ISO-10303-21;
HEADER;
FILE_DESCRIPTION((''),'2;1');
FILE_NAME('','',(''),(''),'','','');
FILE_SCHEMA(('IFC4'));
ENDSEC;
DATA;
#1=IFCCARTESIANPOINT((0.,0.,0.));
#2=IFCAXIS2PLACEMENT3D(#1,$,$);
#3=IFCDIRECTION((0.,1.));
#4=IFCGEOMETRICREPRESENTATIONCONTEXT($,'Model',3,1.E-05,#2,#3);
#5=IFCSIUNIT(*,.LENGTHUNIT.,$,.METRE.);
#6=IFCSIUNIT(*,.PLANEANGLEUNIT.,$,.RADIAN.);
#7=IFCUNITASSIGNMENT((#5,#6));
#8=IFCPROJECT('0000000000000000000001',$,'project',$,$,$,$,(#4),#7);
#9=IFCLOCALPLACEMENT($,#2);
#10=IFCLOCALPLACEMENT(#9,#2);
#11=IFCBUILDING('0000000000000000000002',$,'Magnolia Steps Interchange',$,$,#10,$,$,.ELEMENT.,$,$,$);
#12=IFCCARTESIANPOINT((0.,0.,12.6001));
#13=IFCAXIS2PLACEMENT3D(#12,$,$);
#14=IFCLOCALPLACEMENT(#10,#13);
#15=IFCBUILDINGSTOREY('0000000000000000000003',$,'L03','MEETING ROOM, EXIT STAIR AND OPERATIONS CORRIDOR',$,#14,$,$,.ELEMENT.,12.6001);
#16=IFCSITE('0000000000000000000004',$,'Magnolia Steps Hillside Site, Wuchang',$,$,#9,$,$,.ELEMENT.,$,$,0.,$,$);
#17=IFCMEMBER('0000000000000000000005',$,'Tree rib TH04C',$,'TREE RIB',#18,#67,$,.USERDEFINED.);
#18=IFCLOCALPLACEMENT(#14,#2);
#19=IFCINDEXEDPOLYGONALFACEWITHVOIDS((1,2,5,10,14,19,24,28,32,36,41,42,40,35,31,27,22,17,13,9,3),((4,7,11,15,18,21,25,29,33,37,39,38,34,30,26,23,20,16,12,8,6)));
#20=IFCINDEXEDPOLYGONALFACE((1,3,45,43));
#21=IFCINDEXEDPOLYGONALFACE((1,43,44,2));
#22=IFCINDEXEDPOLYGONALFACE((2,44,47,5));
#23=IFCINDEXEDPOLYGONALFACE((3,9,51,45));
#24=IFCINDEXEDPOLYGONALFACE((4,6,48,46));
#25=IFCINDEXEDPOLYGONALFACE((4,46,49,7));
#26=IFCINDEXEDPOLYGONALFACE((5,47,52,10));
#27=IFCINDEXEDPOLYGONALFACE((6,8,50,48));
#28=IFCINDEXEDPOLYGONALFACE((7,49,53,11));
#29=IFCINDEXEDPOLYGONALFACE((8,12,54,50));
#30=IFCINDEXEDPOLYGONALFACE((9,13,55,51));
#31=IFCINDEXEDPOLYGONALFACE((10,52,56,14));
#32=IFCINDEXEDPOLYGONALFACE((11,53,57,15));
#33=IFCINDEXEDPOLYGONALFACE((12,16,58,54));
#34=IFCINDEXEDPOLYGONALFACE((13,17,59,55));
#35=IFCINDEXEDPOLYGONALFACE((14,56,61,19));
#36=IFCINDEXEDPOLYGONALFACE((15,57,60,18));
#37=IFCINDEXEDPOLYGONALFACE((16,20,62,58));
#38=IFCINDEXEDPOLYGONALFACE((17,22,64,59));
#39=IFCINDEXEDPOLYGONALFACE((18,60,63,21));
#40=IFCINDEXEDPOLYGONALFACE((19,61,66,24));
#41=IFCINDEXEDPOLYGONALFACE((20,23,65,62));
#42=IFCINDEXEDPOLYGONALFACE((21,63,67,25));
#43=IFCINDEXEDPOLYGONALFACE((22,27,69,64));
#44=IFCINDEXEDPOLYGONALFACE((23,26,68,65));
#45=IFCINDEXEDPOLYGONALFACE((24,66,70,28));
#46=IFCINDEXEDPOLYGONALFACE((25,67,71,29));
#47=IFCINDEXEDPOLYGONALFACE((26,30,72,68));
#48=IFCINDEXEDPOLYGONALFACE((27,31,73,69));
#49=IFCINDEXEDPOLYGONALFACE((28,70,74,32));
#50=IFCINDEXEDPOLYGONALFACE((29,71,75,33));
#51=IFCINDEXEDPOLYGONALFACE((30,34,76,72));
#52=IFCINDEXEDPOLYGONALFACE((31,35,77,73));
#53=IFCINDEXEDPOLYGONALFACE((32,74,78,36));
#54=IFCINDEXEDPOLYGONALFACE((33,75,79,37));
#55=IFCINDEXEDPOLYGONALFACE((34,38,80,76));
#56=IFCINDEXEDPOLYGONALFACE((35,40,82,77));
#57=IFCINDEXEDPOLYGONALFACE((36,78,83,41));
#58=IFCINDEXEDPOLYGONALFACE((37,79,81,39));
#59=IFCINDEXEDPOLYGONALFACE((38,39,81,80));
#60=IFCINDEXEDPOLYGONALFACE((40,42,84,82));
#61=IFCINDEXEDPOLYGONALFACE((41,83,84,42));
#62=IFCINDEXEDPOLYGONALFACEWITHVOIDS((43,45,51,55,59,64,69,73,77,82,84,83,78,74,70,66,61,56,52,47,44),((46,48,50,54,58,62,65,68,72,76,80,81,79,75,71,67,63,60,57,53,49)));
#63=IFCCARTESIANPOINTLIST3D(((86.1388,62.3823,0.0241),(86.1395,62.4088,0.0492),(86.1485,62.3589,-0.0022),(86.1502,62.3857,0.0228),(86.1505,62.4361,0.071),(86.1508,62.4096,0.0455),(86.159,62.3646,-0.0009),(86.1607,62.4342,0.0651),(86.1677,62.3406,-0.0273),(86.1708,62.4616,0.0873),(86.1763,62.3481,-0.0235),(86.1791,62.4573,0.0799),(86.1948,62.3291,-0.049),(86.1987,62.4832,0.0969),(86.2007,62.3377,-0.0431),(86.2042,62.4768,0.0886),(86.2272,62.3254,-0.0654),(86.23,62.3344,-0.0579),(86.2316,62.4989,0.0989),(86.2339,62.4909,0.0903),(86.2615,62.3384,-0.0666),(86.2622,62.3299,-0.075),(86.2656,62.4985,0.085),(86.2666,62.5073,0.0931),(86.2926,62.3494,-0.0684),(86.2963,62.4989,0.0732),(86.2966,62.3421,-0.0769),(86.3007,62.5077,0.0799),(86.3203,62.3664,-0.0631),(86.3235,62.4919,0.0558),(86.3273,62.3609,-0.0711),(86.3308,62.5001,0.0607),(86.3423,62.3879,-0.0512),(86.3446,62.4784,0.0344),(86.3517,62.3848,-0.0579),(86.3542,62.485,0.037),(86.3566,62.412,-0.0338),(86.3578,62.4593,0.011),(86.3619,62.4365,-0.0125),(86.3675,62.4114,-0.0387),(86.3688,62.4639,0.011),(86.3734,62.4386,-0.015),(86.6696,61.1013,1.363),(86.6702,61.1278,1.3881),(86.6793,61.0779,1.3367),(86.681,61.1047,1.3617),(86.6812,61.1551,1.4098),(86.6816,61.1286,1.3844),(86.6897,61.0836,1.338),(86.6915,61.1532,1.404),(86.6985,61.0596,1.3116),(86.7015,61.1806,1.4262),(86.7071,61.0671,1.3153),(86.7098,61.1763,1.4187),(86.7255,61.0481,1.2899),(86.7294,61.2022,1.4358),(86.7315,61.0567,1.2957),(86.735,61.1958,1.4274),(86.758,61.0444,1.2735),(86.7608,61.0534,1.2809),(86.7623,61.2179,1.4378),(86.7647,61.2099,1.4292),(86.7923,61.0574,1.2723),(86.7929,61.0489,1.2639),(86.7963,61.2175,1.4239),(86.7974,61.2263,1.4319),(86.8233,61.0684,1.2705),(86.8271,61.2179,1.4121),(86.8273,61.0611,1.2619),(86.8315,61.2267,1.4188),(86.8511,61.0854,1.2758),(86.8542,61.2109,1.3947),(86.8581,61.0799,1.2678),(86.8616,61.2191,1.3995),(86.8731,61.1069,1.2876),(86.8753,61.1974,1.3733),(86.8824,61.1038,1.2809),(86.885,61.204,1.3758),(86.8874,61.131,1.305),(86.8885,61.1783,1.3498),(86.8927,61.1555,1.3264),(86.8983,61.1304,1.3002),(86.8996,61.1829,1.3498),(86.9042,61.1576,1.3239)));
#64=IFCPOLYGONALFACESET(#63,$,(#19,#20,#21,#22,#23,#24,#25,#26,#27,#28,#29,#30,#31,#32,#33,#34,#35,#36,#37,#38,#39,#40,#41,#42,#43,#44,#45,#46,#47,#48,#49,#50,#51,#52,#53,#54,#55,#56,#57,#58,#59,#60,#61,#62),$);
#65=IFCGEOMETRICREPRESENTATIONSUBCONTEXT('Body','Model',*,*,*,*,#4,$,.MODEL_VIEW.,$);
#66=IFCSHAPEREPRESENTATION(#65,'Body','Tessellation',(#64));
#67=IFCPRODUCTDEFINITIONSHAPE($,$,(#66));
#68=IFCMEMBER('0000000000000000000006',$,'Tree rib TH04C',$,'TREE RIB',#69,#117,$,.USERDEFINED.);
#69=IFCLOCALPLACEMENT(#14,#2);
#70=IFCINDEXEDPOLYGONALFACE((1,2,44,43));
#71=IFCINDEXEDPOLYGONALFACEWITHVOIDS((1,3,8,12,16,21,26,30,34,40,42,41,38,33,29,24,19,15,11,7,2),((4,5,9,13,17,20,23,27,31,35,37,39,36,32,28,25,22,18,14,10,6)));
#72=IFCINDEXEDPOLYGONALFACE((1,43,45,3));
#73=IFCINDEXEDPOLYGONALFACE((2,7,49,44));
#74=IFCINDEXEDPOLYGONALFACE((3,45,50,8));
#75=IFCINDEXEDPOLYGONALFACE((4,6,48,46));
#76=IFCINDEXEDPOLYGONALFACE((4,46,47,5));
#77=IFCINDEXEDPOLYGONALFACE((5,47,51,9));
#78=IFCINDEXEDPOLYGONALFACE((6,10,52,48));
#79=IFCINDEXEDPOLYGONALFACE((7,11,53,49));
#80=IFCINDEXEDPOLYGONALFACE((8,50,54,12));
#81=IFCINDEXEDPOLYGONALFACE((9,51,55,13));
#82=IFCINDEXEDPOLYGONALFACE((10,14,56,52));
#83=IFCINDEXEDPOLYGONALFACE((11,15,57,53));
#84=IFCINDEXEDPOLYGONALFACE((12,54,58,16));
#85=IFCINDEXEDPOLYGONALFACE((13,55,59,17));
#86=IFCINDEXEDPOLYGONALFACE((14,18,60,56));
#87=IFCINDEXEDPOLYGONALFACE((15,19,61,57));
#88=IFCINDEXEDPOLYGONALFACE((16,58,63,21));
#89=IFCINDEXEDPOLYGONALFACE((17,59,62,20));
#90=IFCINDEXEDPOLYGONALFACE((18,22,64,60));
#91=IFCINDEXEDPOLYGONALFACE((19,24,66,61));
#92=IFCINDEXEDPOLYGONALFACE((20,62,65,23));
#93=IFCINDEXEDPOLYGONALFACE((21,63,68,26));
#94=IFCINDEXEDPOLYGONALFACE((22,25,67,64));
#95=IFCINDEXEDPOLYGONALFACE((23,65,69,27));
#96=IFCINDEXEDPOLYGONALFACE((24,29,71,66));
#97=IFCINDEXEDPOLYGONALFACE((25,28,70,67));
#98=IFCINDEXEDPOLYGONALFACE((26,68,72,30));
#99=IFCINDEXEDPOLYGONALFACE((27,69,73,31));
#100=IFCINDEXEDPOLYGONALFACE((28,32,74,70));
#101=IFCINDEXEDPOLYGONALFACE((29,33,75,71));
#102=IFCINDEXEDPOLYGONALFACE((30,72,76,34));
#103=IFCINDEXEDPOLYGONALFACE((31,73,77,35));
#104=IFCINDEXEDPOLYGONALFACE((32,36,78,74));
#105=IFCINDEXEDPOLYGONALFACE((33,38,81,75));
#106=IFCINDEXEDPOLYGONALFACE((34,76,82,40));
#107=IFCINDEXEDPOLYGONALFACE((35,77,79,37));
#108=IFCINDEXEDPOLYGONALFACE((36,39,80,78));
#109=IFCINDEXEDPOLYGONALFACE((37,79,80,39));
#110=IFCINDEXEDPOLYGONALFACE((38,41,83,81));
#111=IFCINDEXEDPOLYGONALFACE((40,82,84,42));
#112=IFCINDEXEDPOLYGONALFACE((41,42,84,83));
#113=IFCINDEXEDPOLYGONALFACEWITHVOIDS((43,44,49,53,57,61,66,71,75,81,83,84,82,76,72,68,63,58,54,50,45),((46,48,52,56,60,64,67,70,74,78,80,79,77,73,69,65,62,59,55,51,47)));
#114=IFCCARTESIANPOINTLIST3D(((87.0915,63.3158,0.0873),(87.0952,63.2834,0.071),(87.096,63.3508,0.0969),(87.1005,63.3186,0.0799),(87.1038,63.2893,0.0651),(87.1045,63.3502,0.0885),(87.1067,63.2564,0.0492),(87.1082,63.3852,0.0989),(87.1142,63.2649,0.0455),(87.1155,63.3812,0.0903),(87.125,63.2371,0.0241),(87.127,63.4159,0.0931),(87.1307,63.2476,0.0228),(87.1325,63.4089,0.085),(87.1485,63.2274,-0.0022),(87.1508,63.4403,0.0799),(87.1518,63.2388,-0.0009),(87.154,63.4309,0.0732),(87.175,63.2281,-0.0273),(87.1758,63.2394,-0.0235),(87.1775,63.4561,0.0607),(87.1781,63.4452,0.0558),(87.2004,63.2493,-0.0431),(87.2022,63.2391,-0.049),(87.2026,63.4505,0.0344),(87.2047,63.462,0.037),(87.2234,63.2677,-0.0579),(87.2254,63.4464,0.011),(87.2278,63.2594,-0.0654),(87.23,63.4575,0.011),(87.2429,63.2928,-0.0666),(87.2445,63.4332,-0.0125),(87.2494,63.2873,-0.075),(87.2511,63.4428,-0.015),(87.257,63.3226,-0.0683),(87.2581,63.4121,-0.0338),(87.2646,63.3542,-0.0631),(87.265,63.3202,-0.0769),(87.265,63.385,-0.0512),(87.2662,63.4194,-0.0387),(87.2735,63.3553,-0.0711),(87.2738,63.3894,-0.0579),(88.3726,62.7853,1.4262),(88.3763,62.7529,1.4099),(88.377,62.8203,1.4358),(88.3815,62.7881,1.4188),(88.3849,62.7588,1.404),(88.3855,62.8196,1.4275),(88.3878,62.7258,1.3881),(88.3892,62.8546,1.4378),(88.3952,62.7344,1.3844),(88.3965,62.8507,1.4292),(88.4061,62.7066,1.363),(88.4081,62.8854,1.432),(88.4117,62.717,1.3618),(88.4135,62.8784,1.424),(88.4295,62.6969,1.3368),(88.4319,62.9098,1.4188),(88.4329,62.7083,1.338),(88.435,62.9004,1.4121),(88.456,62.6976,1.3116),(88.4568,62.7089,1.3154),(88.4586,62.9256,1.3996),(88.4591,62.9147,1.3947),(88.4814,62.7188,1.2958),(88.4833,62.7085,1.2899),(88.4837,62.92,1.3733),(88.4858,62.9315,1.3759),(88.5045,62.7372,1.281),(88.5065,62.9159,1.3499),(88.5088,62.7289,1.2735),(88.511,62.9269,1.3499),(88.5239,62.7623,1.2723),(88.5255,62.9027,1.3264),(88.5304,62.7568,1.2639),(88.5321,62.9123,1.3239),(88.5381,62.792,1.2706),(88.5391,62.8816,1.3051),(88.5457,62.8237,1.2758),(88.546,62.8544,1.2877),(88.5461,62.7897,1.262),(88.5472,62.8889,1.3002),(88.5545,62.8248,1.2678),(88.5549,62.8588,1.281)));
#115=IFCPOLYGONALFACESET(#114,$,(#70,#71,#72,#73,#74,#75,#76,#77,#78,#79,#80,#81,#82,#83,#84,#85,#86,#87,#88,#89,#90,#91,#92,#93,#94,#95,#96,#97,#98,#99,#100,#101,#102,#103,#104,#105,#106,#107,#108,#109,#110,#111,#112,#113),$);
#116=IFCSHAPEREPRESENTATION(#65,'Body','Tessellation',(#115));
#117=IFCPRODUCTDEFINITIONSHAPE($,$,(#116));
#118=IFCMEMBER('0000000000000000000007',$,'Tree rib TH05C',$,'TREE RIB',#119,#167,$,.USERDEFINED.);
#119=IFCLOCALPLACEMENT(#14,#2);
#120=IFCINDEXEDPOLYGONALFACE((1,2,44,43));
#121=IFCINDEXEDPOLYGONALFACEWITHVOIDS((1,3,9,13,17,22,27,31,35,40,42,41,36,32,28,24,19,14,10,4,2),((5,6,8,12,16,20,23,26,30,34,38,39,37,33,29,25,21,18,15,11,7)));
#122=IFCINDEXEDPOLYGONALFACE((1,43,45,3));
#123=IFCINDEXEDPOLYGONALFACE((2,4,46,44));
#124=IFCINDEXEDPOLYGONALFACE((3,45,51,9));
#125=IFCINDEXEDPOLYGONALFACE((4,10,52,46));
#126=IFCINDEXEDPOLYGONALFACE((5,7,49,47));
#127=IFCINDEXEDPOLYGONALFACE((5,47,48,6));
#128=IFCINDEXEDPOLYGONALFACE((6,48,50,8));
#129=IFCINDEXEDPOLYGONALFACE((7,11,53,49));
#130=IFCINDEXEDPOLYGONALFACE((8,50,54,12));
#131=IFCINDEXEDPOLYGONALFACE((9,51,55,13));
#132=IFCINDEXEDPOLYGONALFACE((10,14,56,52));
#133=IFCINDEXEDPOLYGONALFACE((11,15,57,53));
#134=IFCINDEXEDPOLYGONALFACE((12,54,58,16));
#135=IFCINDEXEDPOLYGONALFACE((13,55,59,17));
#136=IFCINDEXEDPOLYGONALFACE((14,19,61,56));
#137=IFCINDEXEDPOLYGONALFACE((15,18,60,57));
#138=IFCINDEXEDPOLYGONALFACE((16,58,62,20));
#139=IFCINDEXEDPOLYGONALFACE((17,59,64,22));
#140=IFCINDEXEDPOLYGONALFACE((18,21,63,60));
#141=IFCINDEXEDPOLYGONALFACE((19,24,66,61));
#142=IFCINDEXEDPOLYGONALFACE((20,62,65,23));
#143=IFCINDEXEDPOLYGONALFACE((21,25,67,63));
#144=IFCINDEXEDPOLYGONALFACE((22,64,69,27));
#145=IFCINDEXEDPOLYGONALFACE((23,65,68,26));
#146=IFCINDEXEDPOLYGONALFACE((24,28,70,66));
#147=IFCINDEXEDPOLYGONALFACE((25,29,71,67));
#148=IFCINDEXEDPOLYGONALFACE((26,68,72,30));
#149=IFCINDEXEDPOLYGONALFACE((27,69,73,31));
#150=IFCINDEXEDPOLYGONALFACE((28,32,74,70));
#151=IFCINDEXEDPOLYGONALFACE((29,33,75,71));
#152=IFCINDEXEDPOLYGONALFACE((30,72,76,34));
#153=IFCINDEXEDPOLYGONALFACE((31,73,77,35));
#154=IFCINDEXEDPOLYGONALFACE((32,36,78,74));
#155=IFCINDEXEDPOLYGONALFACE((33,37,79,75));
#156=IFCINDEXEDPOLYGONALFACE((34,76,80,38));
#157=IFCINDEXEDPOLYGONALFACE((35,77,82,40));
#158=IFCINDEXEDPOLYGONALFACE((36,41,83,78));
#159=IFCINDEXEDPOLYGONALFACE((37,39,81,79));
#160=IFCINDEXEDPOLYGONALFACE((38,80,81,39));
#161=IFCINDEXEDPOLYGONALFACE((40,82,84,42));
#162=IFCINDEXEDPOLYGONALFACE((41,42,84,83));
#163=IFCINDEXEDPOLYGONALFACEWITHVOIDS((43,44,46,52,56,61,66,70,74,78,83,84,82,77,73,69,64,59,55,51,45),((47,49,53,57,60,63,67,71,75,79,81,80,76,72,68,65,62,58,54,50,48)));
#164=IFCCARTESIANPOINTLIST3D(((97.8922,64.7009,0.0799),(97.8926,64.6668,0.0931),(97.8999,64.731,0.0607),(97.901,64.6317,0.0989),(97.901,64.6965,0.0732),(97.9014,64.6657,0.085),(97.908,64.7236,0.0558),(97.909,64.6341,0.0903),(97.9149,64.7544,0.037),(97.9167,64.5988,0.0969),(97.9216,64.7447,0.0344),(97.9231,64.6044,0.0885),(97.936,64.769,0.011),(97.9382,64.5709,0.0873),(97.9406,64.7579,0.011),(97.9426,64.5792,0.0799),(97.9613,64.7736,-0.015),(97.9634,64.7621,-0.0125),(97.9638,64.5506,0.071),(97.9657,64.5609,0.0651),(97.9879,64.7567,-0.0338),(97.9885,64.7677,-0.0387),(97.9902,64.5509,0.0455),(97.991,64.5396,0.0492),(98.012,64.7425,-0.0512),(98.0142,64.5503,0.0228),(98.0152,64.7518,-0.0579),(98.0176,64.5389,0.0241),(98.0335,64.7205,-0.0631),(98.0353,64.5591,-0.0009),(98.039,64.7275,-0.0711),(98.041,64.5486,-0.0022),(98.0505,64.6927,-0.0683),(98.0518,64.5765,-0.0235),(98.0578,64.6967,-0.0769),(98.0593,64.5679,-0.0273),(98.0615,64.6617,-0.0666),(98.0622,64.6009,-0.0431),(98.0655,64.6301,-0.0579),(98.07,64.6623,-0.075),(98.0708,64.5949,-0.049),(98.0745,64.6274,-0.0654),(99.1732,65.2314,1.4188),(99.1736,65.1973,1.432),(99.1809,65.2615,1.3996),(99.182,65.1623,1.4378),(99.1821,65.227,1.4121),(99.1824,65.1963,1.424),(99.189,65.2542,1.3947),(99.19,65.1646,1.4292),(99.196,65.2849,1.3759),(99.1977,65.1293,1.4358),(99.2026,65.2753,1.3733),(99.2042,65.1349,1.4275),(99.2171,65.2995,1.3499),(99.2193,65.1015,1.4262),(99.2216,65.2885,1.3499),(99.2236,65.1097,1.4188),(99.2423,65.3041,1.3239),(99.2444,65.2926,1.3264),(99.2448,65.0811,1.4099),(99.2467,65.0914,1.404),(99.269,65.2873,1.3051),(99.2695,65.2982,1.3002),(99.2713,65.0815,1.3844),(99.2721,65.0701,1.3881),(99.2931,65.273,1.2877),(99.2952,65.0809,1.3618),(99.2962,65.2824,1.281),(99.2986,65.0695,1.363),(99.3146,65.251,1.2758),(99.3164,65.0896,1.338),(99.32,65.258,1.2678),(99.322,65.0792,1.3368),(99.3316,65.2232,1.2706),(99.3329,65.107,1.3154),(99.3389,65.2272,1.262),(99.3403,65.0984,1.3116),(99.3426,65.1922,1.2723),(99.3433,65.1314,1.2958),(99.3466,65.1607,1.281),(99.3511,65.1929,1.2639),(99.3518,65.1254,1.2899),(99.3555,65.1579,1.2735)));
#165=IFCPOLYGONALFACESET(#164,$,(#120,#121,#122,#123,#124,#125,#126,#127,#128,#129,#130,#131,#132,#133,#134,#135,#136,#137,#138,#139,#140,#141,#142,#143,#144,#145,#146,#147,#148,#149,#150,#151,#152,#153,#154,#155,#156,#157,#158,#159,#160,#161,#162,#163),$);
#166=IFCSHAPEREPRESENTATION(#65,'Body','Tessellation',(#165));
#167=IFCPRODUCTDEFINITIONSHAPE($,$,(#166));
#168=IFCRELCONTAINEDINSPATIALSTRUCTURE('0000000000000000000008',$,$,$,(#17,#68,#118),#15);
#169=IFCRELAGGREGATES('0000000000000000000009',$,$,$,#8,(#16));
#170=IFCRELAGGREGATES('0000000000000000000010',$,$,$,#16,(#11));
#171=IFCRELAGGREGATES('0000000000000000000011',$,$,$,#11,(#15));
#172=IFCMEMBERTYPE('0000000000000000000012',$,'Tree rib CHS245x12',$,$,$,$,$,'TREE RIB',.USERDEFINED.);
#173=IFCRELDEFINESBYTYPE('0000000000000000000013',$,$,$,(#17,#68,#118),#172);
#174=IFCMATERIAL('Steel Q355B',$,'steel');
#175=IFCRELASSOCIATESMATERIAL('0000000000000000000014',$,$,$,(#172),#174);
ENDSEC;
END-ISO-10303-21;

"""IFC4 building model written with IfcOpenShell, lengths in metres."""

from ifc_helpers import new_model, si_unit, direction, frame, origin, origin_2d, place, context, subcontext, project, spatial, hollow_circle, extrude, material, material_profile, profile_set, type_object, element, save


model = new_model("IFC4")

# Units and contexts
model_context = context("Model", 3, precision=1e-05, world=origin(), true_north=direction((0.0, 1.0)))
body_context = subcontext(model_context, "Body", "Model", "MODEL_VIEW")
ifc_project = project(units=[si_unit("LENGTHUNIT", "METRE"), si_unit("PLANEANGLEUNIT", "RADIAN")], contexts=[model_context])

# Site, building, storey
site_placement = place(None, origin())
site = spatial("IfcSite", under=ifc_project, at=site_placement, Name="Magnolia Steps Hillside Site, Wuchang", CompositionType="ELEMENT", RefElevation=0.0)
building_placement = place(site_placement, origin())
building = spatial("IfcBuilding", under=site, at=building_placement, Name="Magnolia Steps Interchange", CompositionType="ELEMENT")
storey_placement = place(building_placement, frame((0.0, 0.0, 12.6001)))
storey = spatial("IfcBuildingStorey", under=building, at=storey_placement, Name="L03", Description="MEETING ROOM, EXIT STAIR AND OPERATIONS CORRIDOR", CompositionType="ELEMENT", Elevation=12.6001)

# Members
ifc_material_1 = material(Name="Steel Q355B", Category="steel")
ifc_material_profile_1 = material_profile(ifc_material_1, hollow_circle(Radius=0.1226, WallThickness=0.012, at=origin_2d()), Name="CHS245x12")
ifc_profile_set_1 = profile_set([ifc_material_profile_1], Name="Steel Q355B")
member_type = type_object("IfcMemberType", Name="Tree rib CHS245x12", ElementType="TREE RIB", PredefinedType="USERDEFINED", material=ifc_profile_set_1)
for number, where, z_axis, x_axis, name in (
    (1, (86.2556, 62.417, 0.011), (0.275363, -0.664595, 0.694614), (0.923841, 0.382777, 0.0), "Tree rib TH04C"),
    (2, (87.1831, 63.3442, 0.011), (0.664618, -0.275246, 0.694638), (0.382627, 0.923903, 0.0), "Tree rib TH04C"),
    (3, (97.9829, 64.6558, 0.011), (0.664618, 0.275246, 0.694638), (-0.382627, 0.923903, 0.0), "Tree rib TH05C"),
):
    element("IfcMember", number, at=place(storey_placement, frame(where, z_axis=z_axis, x_axis=x_axis)), inside=storey, type_object=member_type, Name=name, ObjectType="TREE RIB", PredefinedType="USERDEFINED", context=body_context, shape_type="SweptSolid", body=[
        extrude(hollow_circle(Radius=0.1226, WallThickness=0.012, at=origin_2d()), origin(), (0.0, 0.0, 1.0), 1.9275),
    ])

save(model, "model.ifc")
